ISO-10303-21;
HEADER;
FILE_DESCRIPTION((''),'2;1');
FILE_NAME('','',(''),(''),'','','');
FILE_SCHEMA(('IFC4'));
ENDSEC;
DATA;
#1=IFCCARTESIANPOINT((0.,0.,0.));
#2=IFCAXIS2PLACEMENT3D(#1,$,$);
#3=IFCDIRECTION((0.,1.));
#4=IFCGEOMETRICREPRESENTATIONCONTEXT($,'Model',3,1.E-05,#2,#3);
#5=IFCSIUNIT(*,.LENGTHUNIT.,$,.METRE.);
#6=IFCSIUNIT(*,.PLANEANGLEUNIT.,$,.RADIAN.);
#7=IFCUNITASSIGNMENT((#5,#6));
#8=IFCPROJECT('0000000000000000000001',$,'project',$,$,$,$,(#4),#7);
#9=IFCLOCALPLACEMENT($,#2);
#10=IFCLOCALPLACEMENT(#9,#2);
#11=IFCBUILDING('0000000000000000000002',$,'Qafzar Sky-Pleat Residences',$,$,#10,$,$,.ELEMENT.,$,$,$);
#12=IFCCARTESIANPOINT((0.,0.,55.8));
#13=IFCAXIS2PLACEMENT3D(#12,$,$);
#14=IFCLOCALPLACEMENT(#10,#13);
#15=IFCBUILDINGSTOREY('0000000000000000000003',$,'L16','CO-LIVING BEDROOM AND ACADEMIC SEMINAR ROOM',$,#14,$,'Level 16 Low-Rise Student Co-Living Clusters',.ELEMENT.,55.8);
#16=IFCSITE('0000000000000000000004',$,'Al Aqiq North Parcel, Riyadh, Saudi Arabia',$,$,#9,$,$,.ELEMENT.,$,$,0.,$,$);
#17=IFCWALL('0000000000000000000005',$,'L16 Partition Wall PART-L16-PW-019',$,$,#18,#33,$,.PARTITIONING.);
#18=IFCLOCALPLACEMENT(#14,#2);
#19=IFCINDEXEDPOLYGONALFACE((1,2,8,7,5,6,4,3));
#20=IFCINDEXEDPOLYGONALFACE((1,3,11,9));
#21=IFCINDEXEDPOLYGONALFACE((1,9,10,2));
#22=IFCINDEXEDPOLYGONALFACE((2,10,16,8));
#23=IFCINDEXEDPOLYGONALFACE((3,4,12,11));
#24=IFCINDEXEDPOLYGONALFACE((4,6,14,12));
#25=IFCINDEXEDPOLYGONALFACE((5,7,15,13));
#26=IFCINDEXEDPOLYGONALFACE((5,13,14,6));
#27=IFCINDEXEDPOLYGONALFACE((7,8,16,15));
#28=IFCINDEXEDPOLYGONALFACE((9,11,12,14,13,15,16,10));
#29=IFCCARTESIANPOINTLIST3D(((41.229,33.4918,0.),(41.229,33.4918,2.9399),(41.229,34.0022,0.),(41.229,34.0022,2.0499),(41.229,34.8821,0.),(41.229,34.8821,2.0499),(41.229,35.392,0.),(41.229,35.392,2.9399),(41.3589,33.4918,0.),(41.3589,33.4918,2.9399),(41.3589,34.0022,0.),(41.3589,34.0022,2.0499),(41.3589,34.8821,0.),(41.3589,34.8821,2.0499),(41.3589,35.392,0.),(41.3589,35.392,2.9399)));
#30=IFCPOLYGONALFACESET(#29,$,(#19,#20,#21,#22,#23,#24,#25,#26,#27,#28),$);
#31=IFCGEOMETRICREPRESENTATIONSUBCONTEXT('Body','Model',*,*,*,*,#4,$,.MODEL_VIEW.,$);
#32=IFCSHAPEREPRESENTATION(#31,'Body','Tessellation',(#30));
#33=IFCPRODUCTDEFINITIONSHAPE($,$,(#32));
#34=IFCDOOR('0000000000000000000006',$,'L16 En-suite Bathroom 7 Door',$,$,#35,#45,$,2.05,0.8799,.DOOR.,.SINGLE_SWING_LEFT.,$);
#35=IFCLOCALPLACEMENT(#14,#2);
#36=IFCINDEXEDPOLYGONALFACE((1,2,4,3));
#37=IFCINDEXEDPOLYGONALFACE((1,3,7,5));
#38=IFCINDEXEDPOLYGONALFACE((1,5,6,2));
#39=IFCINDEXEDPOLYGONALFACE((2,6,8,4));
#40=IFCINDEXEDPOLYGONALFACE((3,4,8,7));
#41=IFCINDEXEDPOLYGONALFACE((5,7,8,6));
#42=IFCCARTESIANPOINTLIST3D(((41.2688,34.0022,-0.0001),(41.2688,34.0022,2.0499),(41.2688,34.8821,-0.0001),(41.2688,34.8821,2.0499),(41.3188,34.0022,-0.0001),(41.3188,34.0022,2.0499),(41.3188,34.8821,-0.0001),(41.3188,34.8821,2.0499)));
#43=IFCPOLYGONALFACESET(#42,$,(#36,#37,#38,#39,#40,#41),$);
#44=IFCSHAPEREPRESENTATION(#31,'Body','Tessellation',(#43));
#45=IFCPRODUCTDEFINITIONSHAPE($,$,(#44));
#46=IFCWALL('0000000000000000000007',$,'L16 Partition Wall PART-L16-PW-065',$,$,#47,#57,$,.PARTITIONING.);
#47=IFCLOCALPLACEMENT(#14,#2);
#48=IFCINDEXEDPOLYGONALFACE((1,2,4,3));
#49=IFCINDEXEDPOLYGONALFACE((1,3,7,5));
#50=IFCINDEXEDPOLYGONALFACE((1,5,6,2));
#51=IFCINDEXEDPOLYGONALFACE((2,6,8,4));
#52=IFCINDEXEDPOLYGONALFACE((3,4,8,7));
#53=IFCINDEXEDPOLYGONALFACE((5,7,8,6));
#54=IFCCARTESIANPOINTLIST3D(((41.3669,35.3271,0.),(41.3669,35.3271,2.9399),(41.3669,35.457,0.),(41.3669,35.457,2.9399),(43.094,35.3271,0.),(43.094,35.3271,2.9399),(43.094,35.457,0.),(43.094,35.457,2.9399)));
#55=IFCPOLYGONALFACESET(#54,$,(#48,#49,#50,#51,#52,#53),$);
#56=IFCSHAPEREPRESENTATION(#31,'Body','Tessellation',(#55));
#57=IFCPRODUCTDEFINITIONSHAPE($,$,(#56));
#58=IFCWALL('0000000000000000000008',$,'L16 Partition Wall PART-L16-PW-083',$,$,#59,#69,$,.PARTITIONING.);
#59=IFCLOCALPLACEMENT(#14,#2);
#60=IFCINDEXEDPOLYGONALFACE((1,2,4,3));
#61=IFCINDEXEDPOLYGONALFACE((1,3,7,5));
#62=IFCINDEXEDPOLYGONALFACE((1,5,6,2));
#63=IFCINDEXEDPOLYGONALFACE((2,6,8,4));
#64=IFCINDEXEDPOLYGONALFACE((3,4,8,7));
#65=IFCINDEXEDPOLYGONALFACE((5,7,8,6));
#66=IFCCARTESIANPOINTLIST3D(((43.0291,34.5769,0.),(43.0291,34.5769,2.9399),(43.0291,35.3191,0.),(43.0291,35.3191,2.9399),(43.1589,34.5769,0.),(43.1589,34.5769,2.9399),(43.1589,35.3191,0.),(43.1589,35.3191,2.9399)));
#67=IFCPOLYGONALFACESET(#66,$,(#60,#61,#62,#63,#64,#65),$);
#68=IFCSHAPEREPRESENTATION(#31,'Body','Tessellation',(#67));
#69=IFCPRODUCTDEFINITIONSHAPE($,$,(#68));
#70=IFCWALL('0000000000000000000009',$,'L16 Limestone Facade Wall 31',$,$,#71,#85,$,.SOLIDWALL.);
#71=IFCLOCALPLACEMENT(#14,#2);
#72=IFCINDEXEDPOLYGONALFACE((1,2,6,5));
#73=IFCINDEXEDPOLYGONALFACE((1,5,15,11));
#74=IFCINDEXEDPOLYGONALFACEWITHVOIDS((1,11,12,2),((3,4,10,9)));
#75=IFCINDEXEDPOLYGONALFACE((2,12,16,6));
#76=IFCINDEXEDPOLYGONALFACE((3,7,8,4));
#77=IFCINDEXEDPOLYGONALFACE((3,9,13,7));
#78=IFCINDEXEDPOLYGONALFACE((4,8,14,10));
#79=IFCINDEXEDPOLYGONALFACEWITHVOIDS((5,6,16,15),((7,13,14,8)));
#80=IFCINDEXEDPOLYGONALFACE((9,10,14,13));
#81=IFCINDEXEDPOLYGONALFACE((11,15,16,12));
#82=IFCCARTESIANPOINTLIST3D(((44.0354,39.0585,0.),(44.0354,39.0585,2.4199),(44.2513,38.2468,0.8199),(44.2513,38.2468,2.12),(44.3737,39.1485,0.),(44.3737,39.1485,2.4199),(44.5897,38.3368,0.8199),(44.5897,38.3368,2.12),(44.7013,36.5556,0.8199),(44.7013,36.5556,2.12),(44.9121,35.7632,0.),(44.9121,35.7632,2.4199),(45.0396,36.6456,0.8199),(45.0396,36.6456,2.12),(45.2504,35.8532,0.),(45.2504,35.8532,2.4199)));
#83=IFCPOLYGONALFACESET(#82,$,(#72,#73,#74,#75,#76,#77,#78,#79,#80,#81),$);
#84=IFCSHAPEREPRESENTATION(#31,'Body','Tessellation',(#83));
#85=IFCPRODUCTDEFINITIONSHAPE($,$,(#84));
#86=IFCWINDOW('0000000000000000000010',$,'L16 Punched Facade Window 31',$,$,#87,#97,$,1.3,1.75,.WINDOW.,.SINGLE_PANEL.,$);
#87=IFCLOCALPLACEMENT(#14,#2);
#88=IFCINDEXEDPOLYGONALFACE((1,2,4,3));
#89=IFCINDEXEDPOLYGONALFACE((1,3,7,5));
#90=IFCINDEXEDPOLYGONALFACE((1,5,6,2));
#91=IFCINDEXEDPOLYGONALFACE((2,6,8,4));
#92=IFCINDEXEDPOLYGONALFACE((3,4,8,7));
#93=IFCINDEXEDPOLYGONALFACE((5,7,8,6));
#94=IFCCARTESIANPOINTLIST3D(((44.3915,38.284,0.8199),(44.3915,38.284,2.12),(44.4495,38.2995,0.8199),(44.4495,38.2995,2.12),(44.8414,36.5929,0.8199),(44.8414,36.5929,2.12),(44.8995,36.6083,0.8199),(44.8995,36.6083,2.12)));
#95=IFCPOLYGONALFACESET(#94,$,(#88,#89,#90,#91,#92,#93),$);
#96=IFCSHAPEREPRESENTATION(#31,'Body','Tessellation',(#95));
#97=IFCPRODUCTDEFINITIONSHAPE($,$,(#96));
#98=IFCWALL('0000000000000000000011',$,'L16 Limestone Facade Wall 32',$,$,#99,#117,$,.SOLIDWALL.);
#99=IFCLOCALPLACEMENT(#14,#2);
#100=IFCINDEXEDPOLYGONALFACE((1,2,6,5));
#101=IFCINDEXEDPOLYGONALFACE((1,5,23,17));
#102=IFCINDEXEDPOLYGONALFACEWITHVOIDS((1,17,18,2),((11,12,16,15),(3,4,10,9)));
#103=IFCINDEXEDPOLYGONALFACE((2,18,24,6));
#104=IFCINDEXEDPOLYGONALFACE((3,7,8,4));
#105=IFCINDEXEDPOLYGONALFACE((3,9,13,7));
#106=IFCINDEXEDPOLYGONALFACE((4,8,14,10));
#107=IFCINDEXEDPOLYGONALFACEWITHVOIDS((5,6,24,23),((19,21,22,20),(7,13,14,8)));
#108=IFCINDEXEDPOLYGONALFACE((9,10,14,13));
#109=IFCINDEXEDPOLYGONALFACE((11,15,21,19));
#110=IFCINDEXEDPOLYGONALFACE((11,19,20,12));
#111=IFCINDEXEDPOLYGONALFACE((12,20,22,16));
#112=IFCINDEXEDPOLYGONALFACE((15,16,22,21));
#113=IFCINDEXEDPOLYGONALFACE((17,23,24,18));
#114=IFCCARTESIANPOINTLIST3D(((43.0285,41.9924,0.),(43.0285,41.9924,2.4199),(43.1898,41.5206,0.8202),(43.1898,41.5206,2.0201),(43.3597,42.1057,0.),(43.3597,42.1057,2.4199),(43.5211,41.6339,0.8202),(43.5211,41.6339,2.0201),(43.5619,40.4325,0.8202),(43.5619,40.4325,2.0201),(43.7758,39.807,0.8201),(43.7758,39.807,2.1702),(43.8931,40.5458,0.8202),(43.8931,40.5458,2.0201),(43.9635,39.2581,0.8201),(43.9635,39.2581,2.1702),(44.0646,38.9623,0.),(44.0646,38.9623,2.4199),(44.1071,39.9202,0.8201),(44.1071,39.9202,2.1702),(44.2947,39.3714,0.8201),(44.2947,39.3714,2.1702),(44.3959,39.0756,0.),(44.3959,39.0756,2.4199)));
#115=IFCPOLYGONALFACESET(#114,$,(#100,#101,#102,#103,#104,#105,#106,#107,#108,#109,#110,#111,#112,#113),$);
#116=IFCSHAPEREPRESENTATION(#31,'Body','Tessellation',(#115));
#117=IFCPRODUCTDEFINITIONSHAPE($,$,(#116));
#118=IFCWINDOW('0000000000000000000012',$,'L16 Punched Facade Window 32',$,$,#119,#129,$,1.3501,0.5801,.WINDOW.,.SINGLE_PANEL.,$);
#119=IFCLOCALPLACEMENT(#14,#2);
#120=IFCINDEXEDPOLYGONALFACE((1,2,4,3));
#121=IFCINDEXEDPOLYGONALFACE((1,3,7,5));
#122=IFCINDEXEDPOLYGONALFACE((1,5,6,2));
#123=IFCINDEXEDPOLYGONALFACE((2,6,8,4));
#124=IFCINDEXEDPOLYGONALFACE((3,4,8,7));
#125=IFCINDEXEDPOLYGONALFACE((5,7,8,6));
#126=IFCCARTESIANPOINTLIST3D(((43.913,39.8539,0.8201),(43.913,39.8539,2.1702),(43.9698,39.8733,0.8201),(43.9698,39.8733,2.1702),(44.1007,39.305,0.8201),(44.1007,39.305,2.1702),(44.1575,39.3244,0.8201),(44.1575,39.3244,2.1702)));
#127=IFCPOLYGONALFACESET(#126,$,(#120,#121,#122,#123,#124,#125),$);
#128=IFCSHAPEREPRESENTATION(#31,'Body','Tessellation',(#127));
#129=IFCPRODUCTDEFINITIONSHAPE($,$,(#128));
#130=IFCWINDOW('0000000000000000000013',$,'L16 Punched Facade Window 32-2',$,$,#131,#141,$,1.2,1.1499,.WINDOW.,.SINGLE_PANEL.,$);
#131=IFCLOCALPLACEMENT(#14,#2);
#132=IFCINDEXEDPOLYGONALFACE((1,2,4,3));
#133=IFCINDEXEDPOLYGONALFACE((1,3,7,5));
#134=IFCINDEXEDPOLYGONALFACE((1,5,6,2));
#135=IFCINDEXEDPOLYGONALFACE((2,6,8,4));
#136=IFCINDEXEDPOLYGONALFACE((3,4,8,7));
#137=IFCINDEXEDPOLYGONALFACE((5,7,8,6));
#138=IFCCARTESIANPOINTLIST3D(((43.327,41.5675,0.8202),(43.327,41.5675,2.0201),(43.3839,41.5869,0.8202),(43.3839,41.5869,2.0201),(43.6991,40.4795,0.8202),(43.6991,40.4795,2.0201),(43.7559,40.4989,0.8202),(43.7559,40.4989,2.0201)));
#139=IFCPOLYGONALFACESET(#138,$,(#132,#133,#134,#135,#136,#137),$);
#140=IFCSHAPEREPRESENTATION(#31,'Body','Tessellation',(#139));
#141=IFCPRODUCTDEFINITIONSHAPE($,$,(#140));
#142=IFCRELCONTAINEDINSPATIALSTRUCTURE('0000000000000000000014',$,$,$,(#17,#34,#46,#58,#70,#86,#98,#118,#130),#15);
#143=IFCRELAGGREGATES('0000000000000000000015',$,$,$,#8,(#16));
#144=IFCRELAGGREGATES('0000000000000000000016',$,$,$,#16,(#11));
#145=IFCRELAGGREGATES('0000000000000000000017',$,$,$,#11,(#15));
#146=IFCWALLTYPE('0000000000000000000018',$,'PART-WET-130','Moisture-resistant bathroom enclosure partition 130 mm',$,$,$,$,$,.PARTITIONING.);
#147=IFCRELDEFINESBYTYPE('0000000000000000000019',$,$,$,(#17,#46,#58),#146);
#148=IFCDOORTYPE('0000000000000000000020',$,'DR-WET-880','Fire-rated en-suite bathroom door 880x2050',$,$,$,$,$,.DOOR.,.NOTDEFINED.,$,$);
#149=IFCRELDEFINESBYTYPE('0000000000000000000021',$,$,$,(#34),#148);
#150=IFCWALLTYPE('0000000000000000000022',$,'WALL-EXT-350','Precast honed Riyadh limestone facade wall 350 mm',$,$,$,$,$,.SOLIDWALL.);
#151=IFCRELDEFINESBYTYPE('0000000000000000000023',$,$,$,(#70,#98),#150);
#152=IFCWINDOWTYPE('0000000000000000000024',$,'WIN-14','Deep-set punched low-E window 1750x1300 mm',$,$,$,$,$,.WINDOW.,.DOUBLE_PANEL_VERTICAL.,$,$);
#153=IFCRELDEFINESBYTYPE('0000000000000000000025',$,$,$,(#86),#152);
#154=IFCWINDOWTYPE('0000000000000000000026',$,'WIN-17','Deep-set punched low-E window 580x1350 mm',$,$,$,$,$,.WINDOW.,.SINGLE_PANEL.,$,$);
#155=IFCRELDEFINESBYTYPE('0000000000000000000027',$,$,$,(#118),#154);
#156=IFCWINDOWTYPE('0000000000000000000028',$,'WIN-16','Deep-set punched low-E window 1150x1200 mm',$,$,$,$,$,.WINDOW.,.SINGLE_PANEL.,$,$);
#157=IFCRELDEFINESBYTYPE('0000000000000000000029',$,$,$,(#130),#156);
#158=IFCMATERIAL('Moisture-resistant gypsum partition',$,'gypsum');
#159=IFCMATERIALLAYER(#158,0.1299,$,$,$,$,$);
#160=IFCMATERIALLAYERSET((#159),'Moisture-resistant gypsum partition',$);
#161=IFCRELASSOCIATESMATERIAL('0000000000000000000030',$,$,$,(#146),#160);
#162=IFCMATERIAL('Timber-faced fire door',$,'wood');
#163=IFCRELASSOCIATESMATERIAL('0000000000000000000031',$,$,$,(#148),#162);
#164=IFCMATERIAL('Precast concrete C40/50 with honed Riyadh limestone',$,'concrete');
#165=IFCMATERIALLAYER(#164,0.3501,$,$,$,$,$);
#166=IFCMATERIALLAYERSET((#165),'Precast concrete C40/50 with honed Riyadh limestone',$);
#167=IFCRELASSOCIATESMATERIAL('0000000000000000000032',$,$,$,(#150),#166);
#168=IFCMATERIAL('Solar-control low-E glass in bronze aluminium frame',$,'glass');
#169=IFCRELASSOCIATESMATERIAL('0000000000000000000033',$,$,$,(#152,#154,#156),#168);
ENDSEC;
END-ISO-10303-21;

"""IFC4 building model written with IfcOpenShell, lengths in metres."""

from ifc_helpers import new_model, si_unit, direction, frame, frame_2d, origin, place, context, subcontext, project, spatial, rectangle, extrude, source, transform, mapped, material, layer, layer_set, type_object, element, fill, save


model = new_model("IFC4")

# Units and contexts
model_context = context("Model", 3, precision=1e-05, world=origin(), true_north=direction((0.0, 1.0)))
body_context = subcontext(model_context, "Body", "Model", "MODEL_VIEW")
ifc_project = project(units=[si_unit("LENGTHUNIT", "METRE"), si_unit("PLANEANGLEUNIT", "RADIAN")], contexts=[model_context])

# Site, building, storey
site_placement = place(None, origin())
site = spatial("IfcSite", under=ifc_project, at=site_placement, Name="Al Aqiq North Parcel, Riyadh, Saudi Arabia", CompositionType="ELEMENT", RefElevation=0.0)
building_placement = place(site_placement, origin())
building = spatial("IfcBuilding", under=site, at=building_placement, Name="Qafzar Sky-Pleat Residences", CompositionType="ELEMENT")
storey_placement = place(building_placement, frame((0.0, 0.0, 55.8)))
storey = spatial("IfcBuildingStorey", under=building, at=storey_placement, Name="L16", Description="CO-LIVING BEDROOM AND ACADEMIC SEMINAR ROOM", LongName="Level 16 Low-Rise Student Co-Living Clusters", CompositionType="ELEMENT", Elevation=55.8)

# Wall, opening, door
ifc_material_1 = material(Name="Moisture-resistant gypsum partition", Category="gypsum")
ifc_layer_1 = layer(ifc_material_1, 0.1299)
ifc_layer_set_1 = layer_set([ifc_layer_1], Name="Moisture-resistant gypsum partition")
wall_type_1 = type_object("IfcWallType", Name="PART-WET-130", Description="Moisture-resistant bathroom enclosure partition 130 mm", PredefinedType="PARTITIONING", material=ifc_layer_set_1)
wall_1_placement = place(storey_placement, frame((41.2939, 35.3921, 0.0), z_axis=(0.0, 0.0, 1.0), x_axis=(0.0, -1.0, 0.0)))
wall_1 = element("IfcWall", 1, at=wall_1_placement, inside=storey, type_object=wall_type_1, Name="L16 Partition Wall PART-L16-PW-019", PredefinedType="PARTITIONING", context=body_context, shape_type="SweptSolid", body=[
    extrude(rectangle(XDim=1.9001, YDim=0.1299, at=frame_2d((0.9502, 0.0))), origin(), (0.0, 0.0, 1.0), 2.9399),
])
opening_1_placement = place(wall_1_placement, frame((0.51, 0.0, 0.0)))
opening_1 = element("IfcOpeningElement", 2, at=opening_1_placement, cuts=wall_1, PredefinedType="OPENING", context=body_context, shape_type="SweptSolid", body=[
    extrude(rectangle(XDim=0.8799, YDim=2.05, at=frame_2d((0.4399, 1.0249))), frame((0.0, 0.075, 0.0), z_axis=(0.0, -1.0, 0.0), x_axis=(1.0, 0.0, 0.0)), (0.0, 0.0, 1.0), 0.1499),
])
ifc_material_2 = material(Name="Timber-faced fire door", Category="wood")
door_type = type_object("IfcDoorType", Name="DR-WET-880", Description="Fire-rated en-suite bathroom door 880x2050", OperationType="NOTDEFINED", PredefinedType="DOOR", material=ifc_material_2)
shared_shape_1 = source(origin(), body_context, "Body", "SweptSolid", [
    extrude(rectangle(XDim=0.8799, YDim=2.05, at=frame_2d((0.4399, 1.0249))), frame((0.0, 0.0249, 0.0), z_axis=(0.0, -1.0, 0.0), x_axis=(1.0, 0.0, 0.0)), (0.0, 0.0, 1.0), 0.05),
])
door_placement = place(opening_1_placement, origin())
door = element("IfcDoor", 3, at=door_placement, inside=storey, type_object=door_type, Name="L16 En-suite Bathroom 7 Door", OperationType="SINGLE_SWING_LEFT", OverallHeight=2.05, OverallWidth=0.8799, PredefinedType="DOOR", context=body_context, shape_type="MappedRepresentation", body=[
    mapped(shared_shape_1, transform((0.0, 0.0, 0.0), x_axis=(1.0, 0.0, 0.0), y_axis=(0.0, 1.0, 0.0), z_axis=(0.0, 0.0, 1.0), scale=1.0)),
])
fill(opening_1, door)

# Walls
wall_2_placement = place(storey_placement, frame((41.3669, 35.3921, 0.0), z_axis=(0.0, 0.0, 1.0), x_axis=(1.0, 0.0, 0.0)))
element("IfcWall", 4, at=wall_2_placement, inside=storey, type_object=wall_type_1, Name="L16 Partition Wall PART-L16-PW-065", PredefinedType="PARTITIONING", context=body_context, shape_type="SweptSolid", body=[
    extrude(rectangle(XDim=1.7271, YDim=0.1299, at=frame_2d((0.8635, 0.0))), origin(), (0.0, 0.0, 1.0), 2.9399),
])
wall_3_placement = place(storey_placement, frame((43.094, 34.5769, 0.0), z_axis=(0.0, 0.0, 1.0), x_axis=(0.0, 1.0, 0.0)))
element("IfcWall", 5, at=wall_3_placement, inside=storey, type_object=wall_type_1, Name="L16 Partition Wall PART-L16-PW-083", PredefinedType="PARTITIONING", context=body_context, shape_type="SweptSolid", body=[
    extrude(rectangle(XDim=0.7422, YDim=0.1299, at=frame_2d((0.3711, 0.0))), origin(), (0.0, 0.0, 1.0), 2.9399),
])

# Wall, opening, window
ifc_material_3 = material(Name="Precast concrete C40/50 with honed Riyadh limestone", Category="concrete")
ifc_layer_2 = layer(ifc_material_3, 0.3501)
ifc_layer_set_2 = layer_set([ifc_layer_2], Name="Precast concrete C40/50 with honed Riyadh limestone")
wall_type_2 = type_object("IfcWallType", Name="WALL-EXT-350", Description="Precast honed Riyadh limestone facade wall 350 mm", PredefinedType="SOLIDWALL", material=ifc_layer_set_2)
wall_4_placement = place(storey_placement, frame((45.0813, 35.8081, 0.0), z_axis=(0.0, 0.0, 1.0), x_axis=(-0.257114, 0.966381, 0.0)))
wall_4 = element("IfcWall", 6, at=wall_4_placement, inside=storey, type_object=wall_type_2, Name="L16 Limestone Facade Wall 31", PredefinedType="SOLIDWALL", context=body_context, shape_type="SweptSolid", body=[
    extrude(rectangle(XDim=3.4099, YDim=0.3501, at=frame_2d((1.7051, 0.0))), origin(), (0.0, 0.0, 1.0), 2.4199),
])
opening_2_placement = place(wall_4_placement, frame((0.8201, 0.0, 0.8201)))
opening_2 = element("IfcOpeningElement", 7, at=opening_2_placement, cuts=wall_4, PredefinedType="OPENING", context=body_context, shape_type="SweptSolid", body=[
    extrude(rectangle(XDim=1.75, YDim=1.3, at=frame_2d((0.875, 0.6499))), frame((0.0, 0.1851, 0.0), z_axis=(0.0, -1.0, 0.0), x_axis=(1.0, 0.0, 0.0)), (0.0, 0.0, 1.0), 0.3701),
])
ifc_material_4 = material(Name="Solar-control low-E glass in bronze aluminium frame", Category="glass")
window_type_1 = type_object("IfcWindowType", Name="WIN-14", Description="Deep-set punched low-E window 1750x1300 mm", PartitioningType="DOUBLE_PANEL_VERTICAL", PredefinedType="WINDOW", material=ifc_material_4)
shared_shape_2 = source(origin(), body_context, "Body", "SweptSolid", [
    extrude(rectangle(XDim=1.75, YDim=1.3, at=frame_2d((0.875, 0.6499))), frame((0.0, 0.03, 0.0), z_axis=(0.0, -1.0, 0.0), x_axis=(1.0, 0.0, 0.0)), (0.0, 0.0, 1.0), 0.0601),
])
window_1_placement = place(opening_2_placement, origin())
window_1 = element("IfcWindow", 8, at=window_1_placement, inside=storey, type_object=window_type_1, Name="L16 Punched Facade Window 31", OverallHeight=1.3, OverallWidth=1.75, PartitioningType="SINGLE_PANEL", PredefinedType="WINDOW", context=body_context, shape_type="MappedRepresentation", body=[
    mapped(shared_shape_2, transform((0.0, 0.0, 0.0), x_axis=(1.0, 0.0, 0.0), y_axis=(0.0, 1.0, 0.0), z_axis=(0.0, 0.0, 1.0), scale=1.0)),
])
fill(opening_2, window_1)

# Wall, openings, windows
wall_5_placement = place(storey_placement, frame((44.2302, 39.019, 0.0), z_axis=(0.0, 0.0, 1.0), x_axis=(-0.32356, 0.946208, 0.0)))
wall_5 = element("IfcWall", 9, at=wall_5_placement, inside=storey, type_object=wall_type_2, Name="L16 Limestone Facade Wall 32", PredefinedType="SOLIDWALL", context=body_context, shape_type="SweptSolid", body=[
    extrude(rectangle(XDim=3.2024, YDim=0.3501, at=frame_2d((1.6011, 0.0))), origin(), (0.0, 0.0, 1.0), 2.4199),
])
opening_3_placement = place(wall_5_placement, frame((0.3125, 0.0, 0.8201)))
opening_3 = element("IfcOpeningElement", 10, at=opening_3_placement, cuts=wall_5, PredefinedType="OPENING", context=body_context, shape_type="SweptSolid", body=[
    extrude(rectangle(XDim=0.5801, YDim=1.3501, at=frame_2d((0.29, 0.675))), frame((0.0, 0.1851, 0.0), z_axis=(0.0, -1.0, 0.0), x_axis=(1.0, 0.0, 0.0)), (0.0, 0.0, 1.0), 0.3701),
])
opening_4_placement = place(wall_5_placement, frame((1.5537, 0.0, 0.8201)))
opening_4 = element("IfcOpeningElement", 11, at=opening_4_placement, cuts=wall_5, PredefinedType="OPENING", context=body_context, shape_type="SweptSolid", body=[
    extrude(rectangle(XDim=1.1499, YDim=1.2, at=frame_2d((0.575, 0.6001))), frame((0.0, 0.1851, 0.0), z_axis=(0.0, -1.0, 0.0), x_axis=(1.0, 0.0, 0.0)), (0.0, 0.0, 1.0), 0.3701),
])
window_type_2 = type_object("IfcWindowType", Name="WIN-17", Description="Deep-set punched low-E window 580x1350 mm", PartitioningType="SINGLE_PANEL", PredefinedType="WINDOW", material=ifc_material_4)
shared_shape_3 = source(origin(), body_context, "Body", "SweptSolid", [
    extrude(rectangle(XDim=0.5801, YDim=1.3501, at=frame_2d((0.29, 0.675))), frame((0.0, 0.03, 0.0), z_axis=(0.0, -1.0, 0.0), x_axis=(1.0, 0.0, 0.0)), (0.0, 0.0, 1.0), 0.0601),
])
window_2_placement = place(opening_3_placement, origin())
window_2 = element("IfcWindow", 12, at=window_2_placement, inside=storey, type_object=window_type_2, Name="L16 Punched Facade Window 32", OverallHeight=1.3501, OverallWidth=0.5801, PartitioningType="SINGLE_PANEL", PredefinedType="WINDOW", context=body_context, shape_type="MappedRepresentation", body=[
    mapped(shared_shape_3, transform((0.0, 0.0, 0.0), x_axis=(1.0, 0.0, 0.0), y_axis=(0.0, 1.0, 0.0), z_axis=(0.0, 0.0, 1.0), scale=1.0)),
])
fill(opening_3, window_2)
window_type_3 = type_object("IfcWindowType", Name="WIN-16", Description="Deep-set punched low-E window 1150x1200 mm", PartitioningType="SINGLE_PANEL", PredefinedType="WINDOW", material=ifc_material_4)
shared_shape_4 = source(origin(), body_context, "Body", "SweptSolid", [
    extrude(rectangle(XDim=1.1499, YDim=1.2, at=frame_2d((0.575, 0.6001))), frame((0.0, 0.03, 0.0), z_axis=(0.0, -1.0, 0.0), x_axis=(1.0, 0.0, 0.0)), (0.0, 0.0, 1.0), 0.0601),
])
window_3_placement = place(opening_4_placement, origin())
window_3 = element("IfcWindow", 13, at=window_3_placement, inside=storey, type_object=window_type_3, Name="L16 Punched Facade Window 32-2", OverallHeight=1.2, OverallWidth=1.1499, PartitioningType="SINGLE_PANEL", PredefinedType="WINDOW", context=body_context, shape_type="MappedRepresentation", body=[
    mapped(shared_shape_4, transform((0.0, 0.0, 0.0), x_axis=(1.0, 0.0, 0.0), y_axis=(0.0, 1.0, 0.0), z_axis=(0.0, 0.0, 1.0), scale=1.0)),
])
fill(opening_4, window_3)

save(model, "model.ifc")
